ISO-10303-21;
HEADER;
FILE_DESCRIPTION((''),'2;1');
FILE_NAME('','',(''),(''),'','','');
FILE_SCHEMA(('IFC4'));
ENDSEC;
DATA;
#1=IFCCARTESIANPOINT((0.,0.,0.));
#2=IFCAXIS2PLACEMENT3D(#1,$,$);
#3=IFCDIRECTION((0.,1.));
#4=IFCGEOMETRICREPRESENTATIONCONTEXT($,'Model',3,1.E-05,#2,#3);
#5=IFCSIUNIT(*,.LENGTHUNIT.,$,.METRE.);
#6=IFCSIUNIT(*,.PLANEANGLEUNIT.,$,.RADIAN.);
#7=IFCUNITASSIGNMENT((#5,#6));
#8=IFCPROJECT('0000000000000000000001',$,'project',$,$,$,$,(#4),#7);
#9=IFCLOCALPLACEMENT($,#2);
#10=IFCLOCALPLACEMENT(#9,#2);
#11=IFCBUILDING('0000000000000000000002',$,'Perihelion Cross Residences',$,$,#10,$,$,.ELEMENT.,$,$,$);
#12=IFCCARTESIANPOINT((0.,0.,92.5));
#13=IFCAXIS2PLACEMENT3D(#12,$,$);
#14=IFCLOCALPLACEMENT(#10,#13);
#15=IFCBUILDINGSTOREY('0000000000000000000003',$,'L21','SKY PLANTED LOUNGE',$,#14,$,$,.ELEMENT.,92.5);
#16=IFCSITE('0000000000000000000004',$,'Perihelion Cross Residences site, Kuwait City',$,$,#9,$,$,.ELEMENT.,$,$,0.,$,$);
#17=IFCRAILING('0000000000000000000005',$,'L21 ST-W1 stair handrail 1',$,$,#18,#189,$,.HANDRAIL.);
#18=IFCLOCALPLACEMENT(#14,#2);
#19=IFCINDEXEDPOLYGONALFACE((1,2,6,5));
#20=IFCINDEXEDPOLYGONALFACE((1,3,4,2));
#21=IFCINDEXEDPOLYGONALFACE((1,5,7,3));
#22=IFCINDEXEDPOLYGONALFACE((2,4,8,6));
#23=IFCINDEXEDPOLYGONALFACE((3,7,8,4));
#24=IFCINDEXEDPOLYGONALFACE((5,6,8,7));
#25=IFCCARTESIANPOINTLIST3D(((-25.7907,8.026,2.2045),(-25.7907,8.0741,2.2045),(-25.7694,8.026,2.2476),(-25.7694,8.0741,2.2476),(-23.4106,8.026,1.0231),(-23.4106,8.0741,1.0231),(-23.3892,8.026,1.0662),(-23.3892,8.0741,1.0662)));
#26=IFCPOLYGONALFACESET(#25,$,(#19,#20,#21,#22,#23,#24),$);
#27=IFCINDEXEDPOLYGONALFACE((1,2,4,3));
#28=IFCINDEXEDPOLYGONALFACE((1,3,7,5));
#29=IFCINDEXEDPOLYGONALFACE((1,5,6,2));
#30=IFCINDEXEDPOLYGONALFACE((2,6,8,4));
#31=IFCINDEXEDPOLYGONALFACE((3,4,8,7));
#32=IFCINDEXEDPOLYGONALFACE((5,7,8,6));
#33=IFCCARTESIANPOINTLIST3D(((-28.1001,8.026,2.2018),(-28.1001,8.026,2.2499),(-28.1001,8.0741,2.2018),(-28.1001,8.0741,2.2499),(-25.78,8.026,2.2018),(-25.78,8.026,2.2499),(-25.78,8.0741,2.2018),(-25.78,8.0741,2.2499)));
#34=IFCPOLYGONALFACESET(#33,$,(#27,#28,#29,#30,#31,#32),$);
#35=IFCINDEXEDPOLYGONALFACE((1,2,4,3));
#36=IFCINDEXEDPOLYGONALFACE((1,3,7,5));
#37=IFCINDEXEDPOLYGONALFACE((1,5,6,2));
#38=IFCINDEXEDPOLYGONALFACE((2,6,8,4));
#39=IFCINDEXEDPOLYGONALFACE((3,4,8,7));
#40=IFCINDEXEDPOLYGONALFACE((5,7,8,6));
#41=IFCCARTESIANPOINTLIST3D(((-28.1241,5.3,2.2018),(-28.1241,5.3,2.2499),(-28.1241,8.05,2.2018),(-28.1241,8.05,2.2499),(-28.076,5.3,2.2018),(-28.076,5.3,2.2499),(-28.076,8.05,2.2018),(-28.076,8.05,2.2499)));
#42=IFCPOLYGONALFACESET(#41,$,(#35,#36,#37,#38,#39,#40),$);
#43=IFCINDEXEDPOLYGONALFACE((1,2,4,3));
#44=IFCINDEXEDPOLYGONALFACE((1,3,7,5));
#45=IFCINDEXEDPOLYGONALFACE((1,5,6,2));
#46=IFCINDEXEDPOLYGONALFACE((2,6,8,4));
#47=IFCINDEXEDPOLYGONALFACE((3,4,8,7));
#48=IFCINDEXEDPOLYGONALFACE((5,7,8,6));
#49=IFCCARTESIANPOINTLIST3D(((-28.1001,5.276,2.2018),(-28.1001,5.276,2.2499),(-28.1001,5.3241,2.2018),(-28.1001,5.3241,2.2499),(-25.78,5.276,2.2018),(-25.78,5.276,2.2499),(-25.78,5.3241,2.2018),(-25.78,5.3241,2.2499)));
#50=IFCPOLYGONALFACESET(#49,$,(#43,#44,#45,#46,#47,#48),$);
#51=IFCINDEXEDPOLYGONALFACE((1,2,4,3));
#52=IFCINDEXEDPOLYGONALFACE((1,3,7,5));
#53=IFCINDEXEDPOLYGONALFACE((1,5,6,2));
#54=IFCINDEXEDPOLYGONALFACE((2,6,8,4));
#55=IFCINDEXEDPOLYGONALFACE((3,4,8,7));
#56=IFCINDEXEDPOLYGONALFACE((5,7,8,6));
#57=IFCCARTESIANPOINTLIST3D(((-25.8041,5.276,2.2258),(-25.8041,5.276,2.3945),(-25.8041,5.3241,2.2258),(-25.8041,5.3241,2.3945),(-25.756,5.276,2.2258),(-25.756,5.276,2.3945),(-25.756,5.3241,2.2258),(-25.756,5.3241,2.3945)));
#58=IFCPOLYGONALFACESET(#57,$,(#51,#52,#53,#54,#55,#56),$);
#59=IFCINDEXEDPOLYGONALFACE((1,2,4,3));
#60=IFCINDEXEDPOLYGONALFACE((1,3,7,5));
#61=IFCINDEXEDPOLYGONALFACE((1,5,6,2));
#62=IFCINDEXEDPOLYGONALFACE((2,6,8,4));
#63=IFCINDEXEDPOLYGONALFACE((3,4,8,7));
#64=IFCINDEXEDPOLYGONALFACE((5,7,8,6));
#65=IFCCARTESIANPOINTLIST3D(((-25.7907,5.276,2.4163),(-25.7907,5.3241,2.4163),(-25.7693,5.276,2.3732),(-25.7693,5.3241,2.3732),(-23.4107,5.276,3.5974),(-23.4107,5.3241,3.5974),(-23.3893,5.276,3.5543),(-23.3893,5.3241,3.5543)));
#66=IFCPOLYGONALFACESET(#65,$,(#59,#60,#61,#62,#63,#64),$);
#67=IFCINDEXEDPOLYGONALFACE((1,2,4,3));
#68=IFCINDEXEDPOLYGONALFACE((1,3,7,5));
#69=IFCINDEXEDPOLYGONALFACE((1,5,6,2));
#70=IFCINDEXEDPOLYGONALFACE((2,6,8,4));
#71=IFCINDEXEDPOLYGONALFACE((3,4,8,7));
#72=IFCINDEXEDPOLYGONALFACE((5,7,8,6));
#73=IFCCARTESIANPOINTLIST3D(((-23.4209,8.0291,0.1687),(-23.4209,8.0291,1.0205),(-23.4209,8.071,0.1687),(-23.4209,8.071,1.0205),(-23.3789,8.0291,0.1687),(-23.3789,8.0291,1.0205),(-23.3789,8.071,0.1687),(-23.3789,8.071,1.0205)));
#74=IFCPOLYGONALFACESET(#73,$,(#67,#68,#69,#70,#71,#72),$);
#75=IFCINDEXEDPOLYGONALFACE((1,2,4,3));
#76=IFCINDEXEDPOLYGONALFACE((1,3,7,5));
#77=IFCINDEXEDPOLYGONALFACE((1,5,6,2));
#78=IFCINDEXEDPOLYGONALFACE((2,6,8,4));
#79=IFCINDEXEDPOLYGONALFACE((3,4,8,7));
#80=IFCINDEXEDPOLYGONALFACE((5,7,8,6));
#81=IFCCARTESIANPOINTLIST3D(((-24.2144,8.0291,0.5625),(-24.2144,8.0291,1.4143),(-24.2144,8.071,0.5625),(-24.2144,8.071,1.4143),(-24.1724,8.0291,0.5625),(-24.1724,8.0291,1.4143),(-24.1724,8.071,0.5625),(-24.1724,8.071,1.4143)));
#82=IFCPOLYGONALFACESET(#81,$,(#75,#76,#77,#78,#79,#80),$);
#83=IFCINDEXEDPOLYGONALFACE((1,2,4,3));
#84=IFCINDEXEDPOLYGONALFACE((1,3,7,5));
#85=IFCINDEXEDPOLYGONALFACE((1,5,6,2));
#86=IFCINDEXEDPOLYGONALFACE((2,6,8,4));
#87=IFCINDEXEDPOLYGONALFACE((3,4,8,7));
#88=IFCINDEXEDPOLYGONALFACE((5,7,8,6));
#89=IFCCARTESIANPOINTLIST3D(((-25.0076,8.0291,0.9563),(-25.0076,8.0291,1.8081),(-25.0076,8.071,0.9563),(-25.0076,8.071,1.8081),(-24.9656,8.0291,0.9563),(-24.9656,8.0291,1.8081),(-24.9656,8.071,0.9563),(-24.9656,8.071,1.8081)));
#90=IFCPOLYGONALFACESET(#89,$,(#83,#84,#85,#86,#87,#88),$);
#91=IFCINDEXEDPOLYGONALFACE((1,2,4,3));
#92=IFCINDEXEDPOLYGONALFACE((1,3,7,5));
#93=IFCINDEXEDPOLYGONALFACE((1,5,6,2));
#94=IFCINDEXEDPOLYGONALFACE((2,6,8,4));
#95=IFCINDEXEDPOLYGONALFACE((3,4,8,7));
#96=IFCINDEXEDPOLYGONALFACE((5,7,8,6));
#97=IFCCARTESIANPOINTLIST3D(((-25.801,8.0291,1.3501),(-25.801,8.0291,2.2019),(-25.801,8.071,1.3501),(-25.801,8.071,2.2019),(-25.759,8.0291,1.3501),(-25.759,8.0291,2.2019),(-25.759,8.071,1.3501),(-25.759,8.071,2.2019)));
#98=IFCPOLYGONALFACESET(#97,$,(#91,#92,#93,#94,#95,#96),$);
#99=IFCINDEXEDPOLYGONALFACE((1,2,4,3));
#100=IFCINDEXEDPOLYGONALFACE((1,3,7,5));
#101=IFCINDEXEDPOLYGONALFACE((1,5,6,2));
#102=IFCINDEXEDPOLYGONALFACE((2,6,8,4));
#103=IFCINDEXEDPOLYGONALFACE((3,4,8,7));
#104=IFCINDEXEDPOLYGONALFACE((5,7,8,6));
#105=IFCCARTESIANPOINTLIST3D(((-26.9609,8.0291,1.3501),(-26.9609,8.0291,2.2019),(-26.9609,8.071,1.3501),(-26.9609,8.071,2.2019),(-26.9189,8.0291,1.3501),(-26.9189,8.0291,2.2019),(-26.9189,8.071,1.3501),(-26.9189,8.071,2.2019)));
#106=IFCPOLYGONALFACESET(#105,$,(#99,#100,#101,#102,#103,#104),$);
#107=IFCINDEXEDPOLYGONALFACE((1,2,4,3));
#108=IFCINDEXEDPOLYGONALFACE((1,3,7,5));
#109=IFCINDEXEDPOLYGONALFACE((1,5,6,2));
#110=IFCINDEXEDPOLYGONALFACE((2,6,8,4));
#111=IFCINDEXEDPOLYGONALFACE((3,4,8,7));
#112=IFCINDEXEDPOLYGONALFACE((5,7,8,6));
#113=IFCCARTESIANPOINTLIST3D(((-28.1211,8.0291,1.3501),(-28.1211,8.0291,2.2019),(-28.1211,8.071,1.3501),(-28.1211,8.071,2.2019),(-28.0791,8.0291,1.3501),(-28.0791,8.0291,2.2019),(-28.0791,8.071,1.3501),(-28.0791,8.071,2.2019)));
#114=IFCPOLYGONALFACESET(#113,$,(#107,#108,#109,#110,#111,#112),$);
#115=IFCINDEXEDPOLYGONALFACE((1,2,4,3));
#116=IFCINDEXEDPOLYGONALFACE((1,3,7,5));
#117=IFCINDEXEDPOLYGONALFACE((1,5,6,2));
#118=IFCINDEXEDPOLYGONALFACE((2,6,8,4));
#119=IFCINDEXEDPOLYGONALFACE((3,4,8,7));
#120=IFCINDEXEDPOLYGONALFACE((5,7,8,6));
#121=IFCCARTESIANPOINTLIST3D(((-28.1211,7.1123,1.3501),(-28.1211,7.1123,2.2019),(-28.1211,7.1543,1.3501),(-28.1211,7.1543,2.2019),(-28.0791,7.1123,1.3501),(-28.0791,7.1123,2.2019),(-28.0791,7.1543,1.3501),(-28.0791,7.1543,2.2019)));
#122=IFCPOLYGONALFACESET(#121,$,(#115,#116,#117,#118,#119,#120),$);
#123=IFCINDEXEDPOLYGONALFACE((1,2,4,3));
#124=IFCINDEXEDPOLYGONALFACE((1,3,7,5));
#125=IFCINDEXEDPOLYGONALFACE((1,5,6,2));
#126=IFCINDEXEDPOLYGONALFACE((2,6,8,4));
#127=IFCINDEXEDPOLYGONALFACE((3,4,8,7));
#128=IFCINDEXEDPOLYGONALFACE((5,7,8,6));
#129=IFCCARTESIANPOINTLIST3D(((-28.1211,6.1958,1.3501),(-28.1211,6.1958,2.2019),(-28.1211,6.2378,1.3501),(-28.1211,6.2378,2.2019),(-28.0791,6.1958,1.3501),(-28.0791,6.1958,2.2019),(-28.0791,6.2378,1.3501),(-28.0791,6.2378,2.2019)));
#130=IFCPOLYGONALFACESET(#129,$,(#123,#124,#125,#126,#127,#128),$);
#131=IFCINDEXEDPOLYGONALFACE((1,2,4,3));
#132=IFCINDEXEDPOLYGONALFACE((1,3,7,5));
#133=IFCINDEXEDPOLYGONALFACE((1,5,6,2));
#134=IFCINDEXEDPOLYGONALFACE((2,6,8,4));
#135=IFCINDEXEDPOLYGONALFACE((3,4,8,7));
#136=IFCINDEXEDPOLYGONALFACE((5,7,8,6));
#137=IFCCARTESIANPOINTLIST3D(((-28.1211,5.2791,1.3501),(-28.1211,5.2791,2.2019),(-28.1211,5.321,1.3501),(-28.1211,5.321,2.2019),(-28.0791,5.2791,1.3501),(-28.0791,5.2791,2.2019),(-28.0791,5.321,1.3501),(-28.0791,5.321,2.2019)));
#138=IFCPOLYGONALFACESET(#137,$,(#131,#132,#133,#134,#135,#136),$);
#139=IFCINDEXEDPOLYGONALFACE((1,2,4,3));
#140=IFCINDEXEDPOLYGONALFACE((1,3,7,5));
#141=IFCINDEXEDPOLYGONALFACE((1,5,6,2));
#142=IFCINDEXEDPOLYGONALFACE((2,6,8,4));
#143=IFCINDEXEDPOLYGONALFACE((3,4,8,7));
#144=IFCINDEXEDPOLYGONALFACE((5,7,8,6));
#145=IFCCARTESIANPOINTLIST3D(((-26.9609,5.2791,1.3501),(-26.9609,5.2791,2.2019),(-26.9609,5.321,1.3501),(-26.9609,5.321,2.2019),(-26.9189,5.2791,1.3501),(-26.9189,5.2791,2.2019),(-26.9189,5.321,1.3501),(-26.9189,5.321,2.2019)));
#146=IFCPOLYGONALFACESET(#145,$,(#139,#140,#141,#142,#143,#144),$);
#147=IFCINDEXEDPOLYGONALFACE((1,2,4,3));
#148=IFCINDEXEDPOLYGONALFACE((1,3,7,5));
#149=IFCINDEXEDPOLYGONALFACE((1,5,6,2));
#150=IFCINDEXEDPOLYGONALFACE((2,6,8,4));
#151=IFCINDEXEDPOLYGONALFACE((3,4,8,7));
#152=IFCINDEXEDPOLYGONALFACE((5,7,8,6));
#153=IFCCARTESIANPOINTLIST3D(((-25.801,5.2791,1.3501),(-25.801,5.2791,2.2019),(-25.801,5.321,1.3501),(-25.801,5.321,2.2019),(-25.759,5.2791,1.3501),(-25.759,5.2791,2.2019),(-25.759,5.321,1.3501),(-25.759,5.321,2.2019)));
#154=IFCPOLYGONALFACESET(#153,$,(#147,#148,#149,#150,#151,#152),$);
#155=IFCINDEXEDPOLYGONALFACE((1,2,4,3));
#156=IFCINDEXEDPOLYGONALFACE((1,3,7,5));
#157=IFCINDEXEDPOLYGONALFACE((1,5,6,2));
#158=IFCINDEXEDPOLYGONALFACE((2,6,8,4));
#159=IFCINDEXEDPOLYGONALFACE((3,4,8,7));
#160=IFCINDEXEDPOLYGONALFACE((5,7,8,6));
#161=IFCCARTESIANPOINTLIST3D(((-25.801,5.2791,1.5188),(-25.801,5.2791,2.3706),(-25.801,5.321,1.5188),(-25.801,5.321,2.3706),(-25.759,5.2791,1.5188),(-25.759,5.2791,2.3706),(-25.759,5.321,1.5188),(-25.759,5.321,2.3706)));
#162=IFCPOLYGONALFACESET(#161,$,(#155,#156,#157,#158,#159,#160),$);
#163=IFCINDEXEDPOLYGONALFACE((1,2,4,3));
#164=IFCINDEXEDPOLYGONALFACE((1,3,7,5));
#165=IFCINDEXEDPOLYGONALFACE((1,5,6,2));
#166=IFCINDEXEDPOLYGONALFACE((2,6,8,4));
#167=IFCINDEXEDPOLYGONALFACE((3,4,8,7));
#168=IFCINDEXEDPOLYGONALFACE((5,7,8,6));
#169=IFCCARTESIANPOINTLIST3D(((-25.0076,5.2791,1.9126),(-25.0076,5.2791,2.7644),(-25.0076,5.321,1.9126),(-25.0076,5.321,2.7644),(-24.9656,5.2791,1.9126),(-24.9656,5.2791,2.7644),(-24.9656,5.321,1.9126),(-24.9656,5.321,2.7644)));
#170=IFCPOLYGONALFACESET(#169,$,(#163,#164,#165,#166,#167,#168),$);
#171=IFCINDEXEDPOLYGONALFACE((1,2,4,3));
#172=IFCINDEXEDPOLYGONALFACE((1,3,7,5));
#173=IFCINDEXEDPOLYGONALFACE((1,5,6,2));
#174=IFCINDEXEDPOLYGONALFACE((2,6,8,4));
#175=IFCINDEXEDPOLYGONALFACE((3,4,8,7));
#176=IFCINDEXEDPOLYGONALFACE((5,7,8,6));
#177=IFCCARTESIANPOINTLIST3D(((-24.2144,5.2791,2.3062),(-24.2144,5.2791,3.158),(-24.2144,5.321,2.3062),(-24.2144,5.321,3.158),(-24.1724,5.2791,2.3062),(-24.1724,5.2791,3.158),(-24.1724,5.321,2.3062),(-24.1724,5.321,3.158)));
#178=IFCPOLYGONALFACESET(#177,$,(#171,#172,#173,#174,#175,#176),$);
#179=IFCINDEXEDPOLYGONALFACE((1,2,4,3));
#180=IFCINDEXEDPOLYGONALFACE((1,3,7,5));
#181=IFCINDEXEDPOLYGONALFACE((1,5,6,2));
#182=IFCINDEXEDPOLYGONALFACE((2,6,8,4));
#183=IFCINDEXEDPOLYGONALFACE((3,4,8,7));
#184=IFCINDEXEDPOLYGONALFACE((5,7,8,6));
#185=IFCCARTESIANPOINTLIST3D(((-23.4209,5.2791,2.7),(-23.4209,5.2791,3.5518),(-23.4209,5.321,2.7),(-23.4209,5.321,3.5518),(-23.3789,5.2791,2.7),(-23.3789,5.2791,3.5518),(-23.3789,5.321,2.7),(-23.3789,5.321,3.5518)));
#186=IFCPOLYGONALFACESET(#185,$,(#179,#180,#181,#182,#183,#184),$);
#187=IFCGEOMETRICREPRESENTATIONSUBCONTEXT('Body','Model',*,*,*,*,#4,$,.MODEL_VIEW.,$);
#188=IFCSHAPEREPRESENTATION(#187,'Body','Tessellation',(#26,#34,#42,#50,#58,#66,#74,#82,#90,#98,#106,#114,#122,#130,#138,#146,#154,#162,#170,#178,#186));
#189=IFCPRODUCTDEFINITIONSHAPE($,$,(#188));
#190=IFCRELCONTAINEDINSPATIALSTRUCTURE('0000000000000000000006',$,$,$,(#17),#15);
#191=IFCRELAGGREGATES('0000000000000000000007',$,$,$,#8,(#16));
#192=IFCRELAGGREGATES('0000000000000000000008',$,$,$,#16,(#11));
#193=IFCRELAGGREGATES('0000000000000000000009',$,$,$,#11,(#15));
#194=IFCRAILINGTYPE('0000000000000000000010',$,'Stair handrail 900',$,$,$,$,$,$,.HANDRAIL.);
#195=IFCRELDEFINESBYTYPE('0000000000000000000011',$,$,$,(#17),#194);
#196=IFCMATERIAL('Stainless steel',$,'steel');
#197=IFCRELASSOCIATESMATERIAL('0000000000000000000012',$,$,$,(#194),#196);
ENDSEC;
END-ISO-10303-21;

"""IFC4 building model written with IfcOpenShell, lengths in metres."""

from ifc_helpers import new_model, si_unit, direction, frame, origin, origin_2d, place, context, subcontext, project, spatial, rectangle, extrude, material, type_object, element, save


model = new_model("IFC4")

# Units and contexts
model_context = context("Model", 3, precision=1e-05, world=origin(), true_north=direction((0.0, 1.0)))
body_context = subcontext(model_context, "Body", "Model", "MODEL_VIEW")
ifc_project = project(units=[si_unit("LENGTHUNIT", "METRE"), si_unit("PLANEANGLEUNIT", "RADIAN")], contexts=[model_context])

# Site, building, storey
site_placement = place(None, origin())
site = spatial("IfcSite", under=ifc_project, at=site_placement, Name="Perihelion Cross Residences site, Kuwait City", CompositionType="ELEMENT", RefElevation=0.0)
building_placement = place(site_placement, origin())
building = spatial("IfcBuilding", under=site, at=building_placement, Name="Perihelion Cross Residences", CompositionType="ELEMENT")
storey_placement = place(building_placement, frame((0.0, 0.0, 92.5)))
storey = spatial("IfcBuildingStorey", under=building, at=storey_placement, Name="L21", Description="SKY PLANTED LOUNGE", CompositionType="ELEMENT", Elevation=92.5)

# Railing
ifc_material_1 = material(Name="Stainless steel", Category="steel")
railing_type_1 = type_object("IfcRailingType", Name="Stair handrail 900", PredefinedType="HANDRAIL", material=ifc_material_1)
railing_1_placement = place(storey_placement, frame((-23.3999, 8.05, 0.1687)))
element("IfcRailing", 1, at=railing_1_placement, inside=storey, type_object=railing_type_1, Name="L21 ST-W1 stair handrail 1", PredefinedType="HANDRAIL", context=body_context, shape_type="SweptSolid", body=[
    extrude(rectangle(XDim=0.0481, YDim=0.0481, at=origin_2d()), frame((0.0, 0.0, 0.876), z_axis=(-0.895728, 0.0, 0.444602), x_axis=(0.0, -1.0, 0.0)), (0.0, 0.0, 1.0), 2.6572),
    extrude(rectangle(XDim=0.0481, YDim=0.0481, at=origin_2d()), frame((-2.3801, 0.0, 2.0571), z_axis=(-1.0, 0.0, 0.0), x_axis=(0.0, -1.0, 0.0)), (0.0, 0.0, 1.0), 2.3201),
    extrude(rectangle(XDim=0.0481, YDim=0.0481, at=origin_2d()), frame((-4.7002, 0.0, 2.0571), z_axis=(0.0, -1.0, 0.0), x_axis=(1.0, 0.0, 0.0)), (0.0, 0.0, 1.0), 2.75),
    extrude(rectangle(XDim=0.0481, YDim=0.0481, at=origin_2d()), frame((-4.7002, -2.75, 2.0571), z_axis=(1.0, 0.0, 0.0), x_axis=(0.0, 1.0, 0.0)), (0.0, 0.0, 1.0), 2.3201),
    extrude(rectangle(XDim=0.0481, YDim=0.0481, at=origin_2d()), frame((-2.3801, -2.75, 2.0571), z_axis=(0.0, 0.0, 1.0), x_axis=(1.0, 0.0, 0.0)), (0.0, 0.0, 1.0), 0.1687),
    extrude(rectangle(XDim=0.0481, YDim=0.0481, at=origin_2d()), frame((-2.3801, -2.75, 2.2261), z_axis=(0.895765, 0.0, 0.444529), x_axis=(0.0, 1.0, 0.0)), (0.0, 0.0, 1.0), 2.657),
    extrude(rectangle(XDim=0.042, YDim=0.042, at=origin_2d()), origin(), (0.0, 0.0, 1.0), 0.8518),
    extrude(rectangle(XDim=0.042, YDim=0.042, at=origin_2d()), frame((-0.7935, 0.0, 0.3938)), (0.0, 0.0, 1.0), 0.8518),
    extrude(rectangle(XDim=0.042, YDim=0.042, at=origin_2d()), frame((-1.5867, 0.0, 0.7876)), (0.0, 0.0, 1.0), 0.8518),
    extrude(rectangle(XDim=0.042, YDim=0.042, at=origin_2d()), frame((-2.3801, 0.0, 1.1814)), (0.0, 0.0, 1.0), 0.8518),
    extrude(rectangle(XDim=0.042, YDim=0.042, at=origin_2d()), frame((-3.54, 0.0, 1.1814)), (0.0, 0.0, 1.0), 0.8518),
    extrude(rectangle(XDim=0.042, YDim=0.042, at=origin_2d()), frame((-4.7002, 0.0, 1.1814)), (0.0, 0.0, 1.0), 0.8518),
    extrude(rectangle(XDim=0.042, YDim=0.042, at=origin_2d()), frame((-4.7002, -0.9167, 1.1814)), (0.0, 0.0, 1.0), 0.8518),
    extrude(rectangle(XDim=0.042, YDim=0.042, at=origin_2d()), frame((-4.7002, -1.8333, 1.1814)), (0.0, 0.0, 1.0), 0.8518),
    extrude(rectangle(XDim=0.042, YDim=0.042, at=origin_2d()), frame((-4.7002, -2.75, 1.1814)), (0.0, 0.0, 1.0), 0.8518),
    extrude(rectangle(XDim=0.042, YDim=0.042, at=origin_2d()), frame((-3.54, -2.75, 1.1814)), (0.0, 0.0, 1.0), 0.8518),
    extrude(rectangle(XDim=0.042, YDim=0.042, at=origin_2d()), frame((-2.3801, -2.75, 1.1814)), (0.0, 0.0, 1.0), 0.8518),
    extrude(rectangle(XDim=0.042, YDim=0.042, at=origin_2d()), frame((-2.3801, -2.75, 1.3501)), (0.0, 0.0, 1.0), 0.8518),
    extrude(rectangle(XDim=0.042, YDim=0.042, at=origin_2d()), frame((-1.5867, -2.75, 1.7439)), (0.0, 0.0, 1.0), 0.8518),
    extrude(rectangle(XDim=0.042, YDim=0.042, at=origin_2d()), frame((-0.7935, -2.75, 2.1375)), (0.0, 0.0, 1.0), 0.8518),
    extrude(rectangle(XDim=0.042, YDim=0.042, at=origin_2d()), frame((0.0, -2.75, 2.5312)), (0.0, 0.0, 1.0), 0.8518),
])

save(model, "model.ifc")
